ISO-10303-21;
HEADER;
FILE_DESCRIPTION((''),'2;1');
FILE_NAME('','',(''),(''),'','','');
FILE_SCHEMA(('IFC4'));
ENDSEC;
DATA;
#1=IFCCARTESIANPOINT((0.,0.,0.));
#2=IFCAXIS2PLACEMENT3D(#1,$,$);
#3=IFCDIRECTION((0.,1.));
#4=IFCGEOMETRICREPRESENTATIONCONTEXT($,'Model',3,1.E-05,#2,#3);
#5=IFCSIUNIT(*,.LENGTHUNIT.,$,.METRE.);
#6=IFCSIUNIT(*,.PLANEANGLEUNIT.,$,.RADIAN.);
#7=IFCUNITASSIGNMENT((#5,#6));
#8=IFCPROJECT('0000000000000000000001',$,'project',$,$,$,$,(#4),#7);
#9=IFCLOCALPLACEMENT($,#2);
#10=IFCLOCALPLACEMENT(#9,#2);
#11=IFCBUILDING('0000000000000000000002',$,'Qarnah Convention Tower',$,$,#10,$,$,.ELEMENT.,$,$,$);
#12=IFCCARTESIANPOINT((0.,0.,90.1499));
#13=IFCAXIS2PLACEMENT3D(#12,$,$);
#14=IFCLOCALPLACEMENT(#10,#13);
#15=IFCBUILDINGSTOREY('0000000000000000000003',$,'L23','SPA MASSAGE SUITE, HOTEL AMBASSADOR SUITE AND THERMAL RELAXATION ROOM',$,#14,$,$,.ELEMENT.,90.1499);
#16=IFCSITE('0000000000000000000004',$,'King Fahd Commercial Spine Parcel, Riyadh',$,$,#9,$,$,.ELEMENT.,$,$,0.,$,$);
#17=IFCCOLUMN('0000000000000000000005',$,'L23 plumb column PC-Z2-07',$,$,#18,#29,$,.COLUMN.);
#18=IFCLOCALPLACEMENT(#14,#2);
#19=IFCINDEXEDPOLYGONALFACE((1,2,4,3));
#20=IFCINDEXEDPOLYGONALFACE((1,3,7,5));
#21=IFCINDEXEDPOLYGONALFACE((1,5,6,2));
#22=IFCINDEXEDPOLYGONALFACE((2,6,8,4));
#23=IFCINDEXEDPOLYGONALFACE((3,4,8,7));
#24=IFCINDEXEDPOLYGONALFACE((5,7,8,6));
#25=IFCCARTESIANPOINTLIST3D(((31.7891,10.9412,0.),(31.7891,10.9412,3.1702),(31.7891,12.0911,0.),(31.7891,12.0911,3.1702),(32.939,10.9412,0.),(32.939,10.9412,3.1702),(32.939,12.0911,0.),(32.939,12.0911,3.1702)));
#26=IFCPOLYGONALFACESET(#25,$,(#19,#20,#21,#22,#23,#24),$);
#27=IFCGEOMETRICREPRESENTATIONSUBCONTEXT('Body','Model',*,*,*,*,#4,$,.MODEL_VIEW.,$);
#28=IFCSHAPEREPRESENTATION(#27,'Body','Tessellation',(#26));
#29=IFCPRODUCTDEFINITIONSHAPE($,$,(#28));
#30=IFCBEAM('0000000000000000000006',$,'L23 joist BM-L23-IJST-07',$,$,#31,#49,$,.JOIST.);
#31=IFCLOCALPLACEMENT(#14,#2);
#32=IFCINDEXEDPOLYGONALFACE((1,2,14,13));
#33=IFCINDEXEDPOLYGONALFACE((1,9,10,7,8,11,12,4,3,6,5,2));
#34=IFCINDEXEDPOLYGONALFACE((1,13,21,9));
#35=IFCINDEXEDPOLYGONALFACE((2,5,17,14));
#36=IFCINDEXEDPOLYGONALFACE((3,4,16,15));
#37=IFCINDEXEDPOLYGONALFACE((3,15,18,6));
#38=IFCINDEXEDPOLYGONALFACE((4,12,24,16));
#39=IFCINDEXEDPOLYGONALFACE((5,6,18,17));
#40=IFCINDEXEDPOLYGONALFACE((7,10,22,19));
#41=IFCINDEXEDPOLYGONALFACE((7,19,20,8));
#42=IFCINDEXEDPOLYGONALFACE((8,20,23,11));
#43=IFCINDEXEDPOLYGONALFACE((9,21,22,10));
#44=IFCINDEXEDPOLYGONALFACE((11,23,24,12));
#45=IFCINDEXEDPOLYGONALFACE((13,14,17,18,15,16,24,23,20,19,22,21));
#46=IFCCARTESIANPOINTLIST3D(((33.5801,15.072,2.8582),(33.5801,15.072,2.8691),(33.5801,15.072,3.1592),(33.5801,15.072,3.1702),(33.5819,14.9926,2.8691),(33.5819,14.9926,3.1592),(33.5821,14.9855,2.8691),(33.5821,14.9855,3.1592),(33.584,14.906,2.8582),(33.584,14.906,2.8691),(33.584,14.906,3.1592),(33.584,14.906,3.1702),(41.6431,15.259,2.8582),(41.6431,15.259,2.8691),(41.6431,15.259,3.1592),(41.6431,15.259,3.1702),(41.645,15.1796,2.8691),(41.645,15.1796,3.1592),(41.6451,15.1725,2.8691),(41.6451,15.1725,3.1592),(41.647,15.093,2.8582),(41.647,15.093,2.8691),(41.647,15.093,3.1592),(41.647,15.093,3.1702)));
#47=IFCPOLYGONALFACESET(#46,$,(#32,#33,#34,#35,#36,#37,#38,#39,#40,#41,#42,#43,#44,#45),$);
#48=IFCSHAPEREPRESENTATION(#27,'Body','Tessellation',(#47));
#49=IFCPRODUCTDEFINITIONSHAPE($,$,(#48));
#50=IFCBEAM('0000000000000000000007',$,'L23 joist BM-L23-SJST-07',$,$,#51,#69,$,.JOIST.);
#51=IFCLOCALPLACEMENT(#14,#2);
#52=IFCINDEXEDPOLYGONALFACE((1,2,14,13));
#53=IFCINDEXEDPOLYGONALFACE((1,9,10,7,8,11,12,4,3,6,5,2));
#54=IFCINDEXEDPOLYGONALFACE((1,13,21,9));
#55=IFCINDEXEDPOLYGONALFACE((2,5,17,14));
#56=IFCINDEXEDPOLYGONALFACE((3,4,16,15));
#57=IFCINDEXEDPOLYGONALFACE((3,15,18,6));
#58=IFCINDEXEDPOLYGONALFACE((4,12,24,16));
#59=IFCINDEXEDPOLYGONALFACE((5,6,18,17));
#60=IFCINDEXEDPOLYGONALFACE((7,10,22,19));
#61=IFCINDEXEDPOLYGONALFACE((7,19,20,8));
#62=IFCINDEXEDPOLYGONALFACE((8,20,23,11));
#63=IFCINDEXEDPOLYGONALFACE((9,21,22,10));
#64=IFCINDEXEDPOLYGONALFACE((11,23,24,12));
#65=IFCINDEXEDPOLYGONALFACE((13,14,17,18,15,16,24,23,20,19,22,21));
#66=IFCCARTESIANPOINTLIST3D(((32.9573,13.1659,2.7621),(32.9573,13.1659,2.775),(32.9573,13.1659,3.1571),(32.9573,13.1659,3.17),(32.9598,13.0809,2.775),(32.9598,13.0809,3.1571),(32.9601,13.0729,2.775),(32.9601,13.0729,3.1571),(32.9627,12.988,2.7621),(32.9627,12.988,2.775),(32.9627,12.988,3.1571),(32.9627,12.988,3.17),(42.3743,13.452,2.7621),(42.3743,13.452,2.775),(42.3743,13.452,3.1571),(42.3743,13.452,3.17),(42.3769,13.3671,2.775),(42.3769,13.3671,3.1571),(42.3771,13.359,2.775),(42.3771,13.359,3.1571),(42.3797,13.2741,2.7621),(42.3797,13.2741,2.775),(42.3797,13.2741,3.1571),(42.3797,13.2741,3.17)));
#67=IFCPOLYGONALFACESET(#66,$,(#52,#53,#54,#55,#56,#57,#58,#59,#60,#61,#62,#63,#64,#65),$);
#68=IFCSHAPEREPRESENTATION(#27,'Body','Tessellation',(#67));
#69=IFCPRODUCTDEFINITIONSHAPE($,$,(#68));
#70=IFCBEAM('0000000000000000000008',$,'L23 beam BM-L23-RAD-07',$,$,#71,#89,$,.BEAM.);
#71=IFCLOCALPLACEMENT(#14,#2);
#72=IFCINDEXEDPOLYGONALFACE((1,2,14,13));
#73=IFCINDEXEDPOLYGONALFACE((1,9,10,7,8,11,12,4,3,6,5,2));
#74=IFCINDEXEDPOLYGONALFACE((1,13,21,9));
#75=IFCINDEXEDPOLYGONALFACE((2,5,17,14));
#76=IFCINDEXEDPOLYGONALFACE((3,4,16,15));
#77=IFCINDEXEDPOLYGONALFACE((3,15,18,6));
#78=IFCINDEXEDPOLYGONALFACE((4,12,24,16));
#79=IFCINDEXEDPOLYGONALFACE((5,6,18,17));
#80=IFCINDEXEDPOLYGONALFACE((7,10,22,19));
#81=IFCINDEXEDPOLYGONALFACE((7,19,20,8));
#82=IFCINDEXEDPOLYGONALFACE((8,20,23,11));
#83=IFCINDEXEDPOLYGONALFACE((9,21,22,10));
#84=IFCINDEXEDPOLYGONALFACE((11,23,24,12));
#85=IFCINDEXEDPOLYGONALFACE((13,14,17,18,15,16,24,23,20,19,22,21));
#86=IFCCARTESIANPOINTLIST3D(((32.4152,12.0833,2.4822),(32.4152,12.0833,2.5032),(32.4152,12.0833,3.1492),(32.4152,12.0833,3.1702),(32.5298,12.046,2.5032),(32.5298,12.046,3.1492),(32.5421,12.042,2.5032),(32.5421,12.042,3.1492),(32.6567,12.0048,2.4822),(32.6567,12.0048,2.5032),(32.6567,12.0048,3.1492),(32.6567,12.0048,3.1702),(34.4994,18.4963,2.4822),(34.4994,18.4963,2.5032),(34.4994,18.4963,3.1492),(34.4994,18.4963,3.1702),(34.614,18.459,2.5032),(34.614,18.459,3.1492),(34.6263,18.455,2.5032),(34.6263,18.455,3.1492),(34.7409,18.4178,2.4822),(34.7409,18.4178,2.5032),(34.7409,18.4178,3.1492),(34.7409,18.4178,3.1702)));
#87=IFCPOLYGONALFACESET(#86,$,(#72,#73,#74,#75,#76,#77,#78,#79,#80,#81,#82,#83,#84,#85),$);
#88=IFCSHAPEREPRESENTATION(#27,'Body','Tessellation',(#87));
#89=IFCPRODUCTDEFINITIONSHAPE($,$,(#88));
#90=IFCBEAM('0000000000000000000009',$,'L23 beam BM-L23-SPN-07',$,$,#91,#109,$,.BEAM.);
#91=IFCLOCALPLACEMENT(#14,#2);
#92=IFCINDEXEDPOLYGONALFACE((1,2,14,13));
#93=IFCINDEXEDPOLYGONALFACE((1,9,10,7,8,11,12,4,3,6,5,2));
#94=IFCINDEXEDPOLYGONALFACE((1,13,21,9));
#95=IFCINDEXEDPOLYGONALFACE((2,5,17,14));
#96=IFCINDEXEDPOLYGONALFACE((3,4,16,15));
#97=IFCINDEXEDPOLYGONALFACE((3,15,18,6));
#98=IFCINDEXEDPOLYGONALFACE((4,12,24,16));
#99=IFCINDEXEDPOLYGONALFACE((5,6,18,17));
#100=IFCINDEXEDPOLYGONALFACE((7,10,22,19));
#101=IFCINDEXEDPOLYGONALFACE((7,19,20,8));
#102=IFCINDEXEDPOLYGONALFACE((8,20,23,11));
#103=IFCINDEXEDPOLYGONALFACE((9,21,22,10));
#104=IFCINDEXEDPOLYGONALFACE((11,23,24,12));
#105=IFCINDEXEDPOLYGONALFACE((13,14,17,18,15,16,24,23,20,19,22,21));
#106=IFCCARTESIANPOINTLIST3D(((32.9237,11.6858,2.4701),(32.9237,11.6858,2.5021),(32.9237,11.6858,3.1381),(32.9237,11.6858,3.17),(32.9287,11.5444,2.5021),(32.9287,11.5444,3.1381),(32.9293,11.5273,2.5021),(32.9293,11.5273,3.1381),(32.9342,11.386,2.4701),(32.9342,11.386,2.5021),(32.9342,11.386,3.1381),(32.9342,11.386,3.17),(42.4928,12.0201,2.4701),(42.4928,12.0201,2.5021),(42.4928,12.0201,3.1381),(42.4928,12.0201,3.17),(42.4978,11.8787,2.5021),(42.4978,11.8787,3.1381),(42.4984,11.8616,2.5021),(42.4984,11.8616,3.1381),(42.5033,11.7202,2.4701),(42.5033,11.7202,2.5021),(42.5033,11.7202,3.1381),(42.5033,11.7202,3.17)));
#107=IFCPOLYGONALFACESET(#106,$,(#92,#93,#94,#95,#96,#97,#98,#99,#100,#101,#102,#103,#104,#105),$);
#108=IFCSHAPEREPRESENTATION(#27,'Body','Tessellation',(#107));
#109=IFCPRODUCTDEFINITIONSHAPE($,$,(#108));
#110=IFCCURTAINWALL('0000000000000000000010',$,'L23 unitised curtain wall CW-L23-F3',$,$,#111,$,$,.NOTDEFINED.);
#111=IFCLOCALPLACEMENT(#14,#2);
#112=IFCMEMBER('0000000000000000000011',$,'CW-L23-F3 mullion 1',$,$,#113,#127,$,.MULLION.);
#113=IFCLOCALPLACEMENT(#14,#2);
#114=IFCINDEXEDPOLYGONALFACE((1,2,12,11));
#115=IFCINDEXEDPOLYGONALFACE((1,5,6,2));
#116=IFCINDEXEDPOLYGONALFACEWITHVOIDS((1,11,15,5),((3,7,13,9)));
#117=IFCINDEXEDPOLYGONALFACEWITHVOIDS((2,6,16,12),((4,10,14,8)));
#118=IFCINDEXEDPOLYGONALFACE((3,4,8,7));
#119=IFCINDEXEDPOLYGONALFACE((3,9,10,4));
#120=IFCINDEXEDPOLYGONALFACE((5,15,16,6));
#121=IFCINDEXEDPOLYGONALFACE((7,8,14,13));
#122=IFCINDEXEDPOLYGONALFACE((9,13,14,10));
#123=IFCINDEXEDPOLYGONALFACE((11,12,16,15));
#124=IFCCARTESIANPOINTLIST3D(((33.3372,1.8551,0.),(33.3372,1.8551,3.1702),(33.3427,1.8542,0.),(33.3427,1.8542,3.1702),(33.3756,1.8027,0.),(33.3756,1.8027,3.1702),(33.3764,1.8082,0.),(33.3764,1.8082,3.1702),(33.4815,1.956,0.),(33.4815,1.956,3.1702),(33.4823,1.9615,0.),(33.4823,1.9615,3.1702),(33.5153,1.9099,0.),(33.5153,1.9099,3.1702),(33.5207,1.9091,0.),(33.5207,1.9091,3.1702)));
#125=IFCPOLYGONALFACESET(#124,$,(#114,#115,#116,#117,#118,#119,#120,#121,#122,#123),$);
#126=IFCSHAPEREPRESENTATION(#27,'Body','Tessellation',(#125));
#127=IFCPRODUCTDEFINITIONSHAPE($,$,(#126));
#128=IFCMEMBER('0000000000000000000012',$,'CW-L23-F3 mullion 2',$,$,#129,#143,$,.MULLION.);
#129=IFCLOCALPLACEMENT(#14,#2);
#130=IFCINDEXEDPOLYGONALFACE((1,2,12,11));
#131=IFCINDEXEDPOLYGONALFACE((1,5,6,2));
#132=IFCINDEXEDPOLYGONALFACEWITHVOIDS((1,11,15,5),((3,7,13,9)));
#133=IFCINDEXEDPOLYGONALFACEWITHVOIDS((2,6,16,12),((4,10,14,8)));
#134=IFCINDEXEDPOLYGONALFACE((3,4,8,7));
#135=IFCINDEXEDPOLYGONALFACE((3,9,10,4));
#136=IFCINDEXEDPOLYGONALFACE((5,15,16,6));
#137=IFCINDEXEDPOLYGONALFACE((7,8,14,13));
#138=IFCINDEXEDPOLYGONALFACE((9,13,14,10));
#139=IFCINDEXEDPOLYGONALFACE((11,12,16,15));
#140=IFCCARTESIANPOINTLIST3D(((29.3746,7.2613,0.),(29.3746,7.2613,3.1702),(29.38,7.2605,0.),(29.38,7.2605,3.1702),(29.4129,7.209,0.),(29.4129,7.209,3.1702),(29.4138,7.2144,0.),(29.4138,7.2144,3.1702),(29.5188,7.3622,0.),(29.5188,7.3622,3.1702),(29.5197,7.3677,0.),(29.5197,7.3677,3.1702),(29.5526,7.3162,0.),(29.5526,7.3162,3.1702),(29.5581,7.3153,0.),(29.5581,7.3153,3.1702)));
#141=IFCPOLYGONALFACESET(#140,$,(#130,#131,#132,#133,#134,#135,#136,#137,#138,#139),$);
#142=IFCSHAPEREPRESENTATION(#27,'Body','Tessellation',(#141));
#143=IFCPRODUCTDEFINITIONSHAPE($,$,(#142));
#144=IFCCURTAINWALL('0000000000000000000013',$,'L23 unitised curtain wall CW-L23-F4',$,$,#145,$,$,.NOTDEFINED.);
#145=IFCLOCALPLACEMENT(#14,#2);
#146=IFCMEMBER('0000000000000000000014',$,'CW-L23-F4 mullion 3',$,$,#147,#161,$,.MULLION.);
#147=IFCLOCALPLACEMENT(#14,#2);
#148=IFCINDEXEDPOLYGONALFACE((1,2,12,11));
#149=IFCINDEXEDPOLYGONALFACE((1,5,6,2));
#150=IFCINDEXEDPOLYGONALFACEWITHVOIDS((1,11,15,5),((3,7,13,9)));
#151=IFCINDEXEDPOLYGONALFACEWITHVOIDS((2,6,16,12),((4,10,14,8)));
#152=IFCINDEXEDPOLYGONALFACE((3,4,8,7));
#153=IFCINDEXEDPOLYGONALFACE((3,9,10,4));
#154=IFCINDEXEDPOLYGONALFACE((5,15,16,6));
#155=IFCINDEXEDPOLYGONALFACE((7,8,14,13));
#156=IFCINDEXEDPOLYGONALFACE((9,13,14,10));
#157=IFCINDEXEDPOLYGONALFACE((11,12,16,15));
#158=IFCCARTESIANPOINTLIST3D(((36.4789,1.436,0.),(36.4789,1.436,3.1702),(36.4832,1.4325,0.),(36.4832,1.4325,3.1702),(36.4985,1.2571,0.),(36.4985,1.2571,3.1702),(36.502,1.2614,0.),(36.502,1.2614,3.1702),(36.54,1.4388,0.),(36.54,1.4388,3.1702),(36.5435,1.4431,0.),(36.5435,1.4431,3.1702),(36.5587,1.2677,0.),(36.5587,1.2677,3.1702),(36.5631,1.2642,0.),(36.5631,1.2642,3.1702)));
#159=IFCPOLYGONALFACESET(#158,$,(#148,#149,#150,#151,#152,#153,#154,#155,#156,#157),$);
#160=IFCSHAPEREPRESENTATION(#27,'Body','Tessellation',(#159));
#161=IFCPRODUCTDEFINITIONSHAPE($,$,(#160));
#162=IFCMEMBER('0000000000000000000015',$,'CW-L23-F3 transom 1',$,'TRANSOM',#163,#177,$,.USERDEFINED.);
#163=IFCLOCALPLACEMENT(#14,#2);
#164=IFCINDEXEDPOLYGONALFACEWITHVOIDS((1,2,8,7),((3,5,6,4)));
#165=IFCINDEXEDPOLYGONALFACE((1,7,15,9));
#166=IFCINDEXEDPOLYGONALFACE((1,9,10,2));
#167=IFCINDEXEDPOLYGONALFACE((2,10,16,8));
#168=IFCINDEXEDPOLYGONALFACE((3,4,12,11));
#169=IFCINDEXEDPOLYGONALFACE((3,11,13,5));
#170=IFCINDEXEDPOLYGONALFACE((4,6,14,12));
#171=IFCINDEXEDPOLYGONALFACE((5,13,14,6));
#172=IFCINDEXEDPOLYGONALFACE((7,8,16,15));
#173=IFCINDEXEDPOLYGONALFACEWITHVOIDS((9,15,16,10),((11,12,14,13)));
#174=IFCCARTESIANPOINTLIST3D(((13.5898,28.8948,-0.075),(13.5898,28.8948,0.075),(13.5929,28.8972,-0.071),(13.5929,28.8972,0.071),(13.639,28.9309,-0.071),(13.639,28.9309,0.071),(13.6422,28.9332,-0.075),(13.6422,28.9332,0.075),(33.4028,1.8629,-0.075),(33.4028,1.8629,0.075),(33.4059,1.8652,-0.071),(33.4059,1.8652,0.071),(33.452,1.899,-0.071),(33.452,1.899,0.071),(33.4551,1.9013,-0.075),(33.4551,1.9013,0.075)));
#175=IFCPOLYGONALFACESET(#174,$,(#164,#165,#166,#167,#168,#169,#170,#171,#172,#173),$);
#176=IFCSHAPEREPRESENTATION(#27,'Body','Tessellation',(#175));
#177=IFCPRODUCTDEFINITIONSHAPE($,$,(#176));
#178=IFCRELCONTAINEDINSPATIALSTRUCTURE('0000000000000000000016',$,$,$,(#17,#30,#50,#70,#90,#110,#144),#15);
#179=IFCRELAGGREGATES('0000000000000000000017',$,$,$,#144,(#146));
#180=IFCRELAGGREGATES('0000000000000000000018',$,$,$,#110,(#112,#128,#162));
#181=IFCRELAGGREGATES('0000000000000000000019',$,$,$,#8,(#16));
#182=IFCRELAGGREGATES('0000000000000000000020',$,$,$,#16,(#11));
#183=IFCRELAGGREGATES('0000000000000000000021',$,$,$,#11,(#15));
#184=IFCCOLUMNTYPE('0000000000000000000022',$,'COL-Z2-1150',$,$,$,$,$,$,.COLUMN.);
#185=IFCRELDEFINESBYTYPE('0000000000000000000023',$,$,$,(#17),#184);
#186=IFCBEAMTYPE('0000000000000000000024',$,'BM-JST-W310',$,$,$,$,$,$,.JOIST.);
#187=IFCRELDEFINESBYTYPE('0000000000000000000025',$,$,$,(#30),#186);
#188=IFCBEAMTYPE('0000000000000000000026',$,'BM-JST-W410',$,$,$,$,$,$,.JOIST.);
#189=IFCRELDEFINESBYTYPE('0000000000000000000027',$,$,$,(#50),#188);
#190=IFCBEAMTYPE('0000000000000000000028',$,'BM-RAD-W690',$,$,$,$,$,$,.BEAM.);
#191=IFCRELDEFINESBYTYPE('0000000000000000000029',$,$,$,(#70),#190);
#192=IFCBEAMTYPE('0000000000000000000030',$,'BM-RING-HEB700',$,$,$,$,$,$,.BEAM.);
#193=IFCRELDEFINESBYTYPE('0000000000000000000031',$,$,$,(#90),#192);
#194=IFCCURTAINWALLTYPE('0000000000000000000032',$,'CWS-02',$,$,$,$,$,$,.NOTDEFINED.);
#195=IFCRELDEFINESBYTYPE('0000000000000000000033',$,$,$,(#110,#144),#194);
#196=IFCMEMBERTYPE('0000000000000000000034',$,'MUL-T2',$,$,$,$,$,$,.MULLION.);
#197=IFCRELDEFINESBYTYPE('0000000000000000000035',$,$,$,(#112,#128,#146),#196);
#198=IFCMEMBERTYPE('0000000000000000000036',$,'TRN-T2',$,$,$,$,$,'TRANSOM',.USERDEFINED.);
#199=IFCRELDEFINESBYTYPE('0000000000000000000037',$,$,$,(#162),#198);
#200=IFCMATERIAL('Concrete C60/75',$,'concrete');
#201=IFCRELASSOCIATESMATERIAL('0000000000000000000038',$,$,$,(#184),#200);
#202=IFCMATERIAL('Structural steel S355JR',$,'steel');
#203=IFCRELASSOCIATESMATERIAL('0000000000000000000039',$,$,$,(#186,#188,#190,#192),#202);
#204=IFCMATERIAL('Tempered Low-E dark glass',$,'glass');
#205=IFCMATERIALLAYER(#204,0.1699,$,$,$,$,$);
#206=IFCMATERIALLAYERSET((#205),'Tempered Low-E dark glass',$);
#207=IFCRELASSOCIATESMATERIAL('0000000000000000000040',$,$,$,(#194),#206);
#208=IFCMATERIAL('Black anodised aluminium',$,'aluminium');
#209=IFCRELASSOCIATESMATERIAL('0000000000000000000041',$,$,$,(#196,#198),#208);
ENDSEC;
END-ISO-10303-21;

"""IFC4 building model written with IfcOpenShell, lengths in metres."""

from ifc_helpers import new_model, si_unit, direction, frame, origin, origin_2d, place, context, subcontext, project, spatial, rectangle, hollow_rectangle, i_section, extrude, material, layer, layer_set, material_profile, profile_set, type_object, element, aggregate, save


model = new_model("IFC4")

# Units and contexts
model_context = context("Model", 3, precision=1e-05, world=origin(), true_north=direction((0.0, 1.0)))
body_context = subcontext(model_context, "Body", "Model", "MODEL_VIEW")
ifc_project = project(units=[si_unit("LENGTHUNIT", "METRE"), si_unit("PLANEANGLEUNIT", "RADIAN")], contexts=[model_context])

# Site, building, storey
site_placement = place(None, origin())
site = spatial("IfcSite", under=ifc_project, at=site_placement, Name="King Fahd Commercial Spine Parcel, Riyadh", CompositionType="ELEMENT", RefElevation=0.0)
building_placement = place(site_placement, origin())
building = spatial("IfcBuilding", under=site, at=building_placement, Name="Qarnah Convention Tower", CompositionType="ELEMENT")
storey_placement = place(building_placement, frame((0.0, 0.0, 90.1499)))
storey = spatial("IfcBuildingStorey", under=building, at=storey_placement, Name="L23", Description="SPA MASSAGE SUITE, HOTEL AMBASSADOR SUITE AND THERMAL RELAXATION ROOM", CompositionType="ELEMENT", Elevation=90.1499)

# Column
ifc_material_1 = material(Name="Concrete C60/75", Category="concrete")
ifc_material_profile_1 = material_profile(ifc_material_1, rectangle(XDim=1.1499, YDim=1.1499, at=origin_2d()), Name="RC-COL-1150X1150")
ifc_profile_set_1 = profile_set([ifc_material_profile_1], Name="Concrete C60/75")
column_type = type_object("IfcColumnType", Name="COL-Z2-1150", PredefinedType="COLUMN", material=ifc_profile_set_1)
column_placement = place(storey_placement, frame((32.364, 11.5161, 0.0), z_axis=(0.0, 0.0, 1.0), x_axis=(1.0, 0.0, 0.0)))
element("IfcColumn", 1, at=column_placement, inside=storey, type_object=column_type, Name="L23 plumb column PC-Z2-07", PredefinedType="COLUMN", context=body_context, shape_type="SweptSolid", body=[
    extrude(rectangle(XDim=1.1499, YDim=1.1499, at=origin_2d()), origin(), (0.0, 0.0, 1.0), 3.1702),
])

# Beams
ifc_material_2 = material(Name="Structural steel S355JR", Category="steel")
ifc_material_profile_2 = material_profile(ifc_material_2, i_section(OverallWidth=0.166, OverallDepth=0.312, WebThickness=0.0071, FlangeThickness=0.011, at=origin_2d()), Name="W310X45")
ifc_profile_set_2 = profile_set([ifc_material_profile_2], Name="Structural steel S355JR")
beam_type_1 = type_object("IfcBeamType", Name="BM-JST-W310", PredefinedType="JOIST", material=ifc_profile_set_2)
beam_1_placement = place(storey_placement, frame((33.582, 14.989, 3.0142), z_axis=(0.999731, 0.023188, 0.0), x_axis=(-0.023188, 0.999731, 0.0)))
element("IfcBeam", 2, at=beam_1_placement, inside=storey, type_object=beam_type_1, Name="L23 joist BM-L23-IJST-07", PredefinedType="JOIST", context=body_context, shape_type="SweptSolid", body=[
    extrude(i_section(OverallWidth=0.166, OverallDepth=0.312, WebThickness=0.0071, FlangeThickness=0.011, at=origin_2d()), origin(), (0.0, 0.0, 1.0), 8.0652),
])
ifc_material_profile_3 = material_profile(ifc_material_2, i_section(OverallWidth=0.178, OverallDepth=0.408, WebThickness=0.0081, FlangeThickness=0.0129, at=origin_2d()), Name="W410X60")
ifc_profile_set_3 = profile_set([ifc_material_profile_3], Name="Structural steel S355JR")
beam_type_2 = type_object("IfcBeamType", Name="BM-JST-W410", PredefinedType="JOIST", material=ifc_profile_set_3)
beam_2_placement = place(storey_placement, frame((32.96, 13.0769, 2.9661), z_axis=(0.999539, 0.030371, 0.0), x_axis=(-0.030371, 0.999539, 0.0)))
element("IfcBeam", 3, at=beam_2_placement, inside=storey, type_object=beam_type_2, Name="L23 joist BM-L23-SJST-07", PredefinedType="JOIST", context=body_context, shape_type="SweptSolid", body=[
    extrude(i_section(OverallWidth=0.178, OverallDepth=0.408, WebThickness=0.0081, FlangeThickness=0.0129, at=origin_2d()), origin(), (0.0, 0.0, 1.0), 9.4214),
])
ifc_material_profile_4 = material_profile(ifc_material_2, i_section(OverallWidth=0.2539, OverallDepth=0.688, WebThickness=0.0129, FlangeThickness=0.021, at=origin_2d()), Name="W690X152")
ifc_profile_set_4 = profile_set([ifc_material_profile_4], Name="Structural steel S355JR")
beam_type_3 = type_object("IfcBeamType", Name="BM-RAD-W690", PredefinedType="BEAM", material=ifc_profile_set_4)
beam_3_placement = place(storey_placement, frame((34.6201, 18.457, 2.8262), z_axis=(-0.309083, -0.951035, 0.0), x_axis=(0.951035, -0.309083, 0.0)))
element("IfcBeam", 4, at=beam_3_placement, inside=storey, type_object=beam_type_3, Name="L23 beam BM-L23-RAD-07", PredefinedType="BEAM", context=body_context, shape_type="SweptSolid", body=[
    extrude(i_section(OverallWidth=0.2539, OverallDepth=0.688, WebThickness=0.0129, FlangeThickness=0.021, at=origin_2d()), origin(), (0.0, 0.0, 1.0), 6.7432),
])
ifc_material_profile_5 = material_profile(ifc_material_2, i_section(OverallWidth=0.3, OverallDepth=0.7, WebThickness=0.0171, FlangeThickness=0.032, at=origin_2d()), Name="HEB700")
ifc_profile_set_5 = profile_set([ifc_material_profile_5], Name="Structural steel S355JR")
beam_type_4 = type_object("IfcBeamType", Name="BM-RING-HEB700", PredefinedType="BEAM", material=ifc_profile_set_5)
beam_4_placement = place(storey_placement, frame((32.929, 11.5359, 2.8201), z_axis=(0.999391, 0.034907, 0.0), x_axis=(-0.034907, 0.999391, 0.0)))
element("IfcBeam", 5, at=beam_4_placement, inside=storey, type_object=beam_type_4, Name="L23 beam BM-L23-SPN-07", PredefinedType="BEAM", context=body_context, shape_type="SweptSolid", body=[
    extrude(i_section(OverallWidth=0.3, OverallDepth=0.7, WebThickness=0.0171, FlangeThickness=0.032, at=origin_2d()), origin(), (0.0, 0.0, 1.0), 9.575),
])

# Curtain wall, members
ifc_material_3 = material(Name="Tempered Low-E dark glass", Category="glass")
ifc_layer_1 = layer(ifc_material_3, 0.1699)
ifc_layer_set_1 = layer_set([ifc_layer_1], Name="Tempered Low-E dark glass")
curtain_wall_type = type_object("IfcCurtainWallType", Name="CWS-02", PredefinedType="NOTDEFINED", material=ifc_layer_set_1)
curtain_wall_1_placement = place(storey_placement, origin())
curtain_wall_1 = element("IfcCurtainWall", 6, at=curtain_wall_1_placement, inside=storey, type_object=curtain_wall_type, Name="L23 unitised curtain wall CW-L23-F3", PredefinedType="NOTDEFINED")
ifc_material_4 = material(Name="Black anodised aluminium", Category="aluminium")
ifc_material_profile_6 = material_profile(ifc_material_4, hollow_rectangle(XDim=0.0649, YDim=0.1799, WallThickness=0.0039, at=origin_2d()), Name="MUL-65X180")
ifc_profile_set_6 = profile_set([ifc_material_profile_6], Name="Black anodised aluminium")
member_type_1 = type_object("IfcMemberType", Name="MUL-T2", PredefinedType="MULLION", material=ifc_profile_set_6)
member_1_placement = place(storey_placement, frame((33.429, 1.8821, 0.0), z_axis=(0.0, 0.0, 1.0), x_axis=(-0.591161, 0.806554, 0.0)))
member_1 = element("IfcMember", 7, at=member_1_placement, type_object=member_type_1, Name="CW-L23-F3 mullion 1", PredefinedType="MULLION", context=body_context, shape_type="SweptSolid", body=[
    extrude(hollow_rectangle(XDim=0.0649, YDim=0.1799, WallThickness=0.0039, at=origin_2d()), origin(), (0.0, 0.0, 1.0), 3.1702),
])
member_2_placement = place(storey_placement, frame((29.4663, 7.2883, 0.0), z_axis=(0.0, 0.0, 1.0), x_axis=(-0.591161, 0.806554, 0.0)))
member_2 = element("IfcMember", 8, at=member_2_placement, type_object=member_type_1, Name="CW-L23-F3 mullion 2", PredefinedType="MULLION", context=body_context, shape_type="SweptSolid", body=[
    extrude(hollow_rectangle(XDim=0.0649, YDim=0.1799, WallThickness=0.0039, at=origin_2d()), origin(), (0.0, 0.0, 1.0), 3.1702),
])

# Curtain wall, member
curtain_wall_2_placement = place(storey_placement, origin())
curtain_wall_2 = element("IfcCurtainWall", 9, at=curtain_wall_2_placement, inside=storey, type_object=curtain_wall_type, Name="L23 unitised curtain wall CW-L23-F4", PredefinedType="NOTDEFINED")
member_3_placement = place(storey_placement, frame((36.521, 1.3501, 0.0), z_axis=(0.0, 0.0, 1.0), x_axis=(-0.994072, -0.108719, 0.0)))
member_3 = element("IfcMember", 10, at=member_3_placement, type_object=member_type_1, Name="CW-L23-F4 mullion 3", PredefinedType="MULLION", context=body_context, shape_type="SweptSolid", body=[
    extrude(hollow_rectangle(XDim=0.0649, YDim=0.1799, WallThickness=0.0039, at=origin_2d()), origin(), (0.0, 0.0, 1.0), 3.1702),
])
aggregate(curtain_wall_2, [member_3])

# Member
ifc_material_profile_7 = material_profile(ifc_material_4, hollow_rectangle(XDim=0.0649, YDim=0.1499, WallThickness=0.0039, at=origin_2d()), Name="TRN-65X150")
ifc_profile_set_7 = profile_set([ifc_material_profile_7], Name="Black anodised aluminium")
member_type_2 = type_object("IfcMemberType", Name="TRN-T2", ElementType="TRANSOM", PredefinedType="USERDEFINED", material=ifc_profile_set_7)
member_4_placement = place(storey_placement, frame((33.429, 1.8821, 0.0), z_axis=(-0.591161, 0.806554, 0.0), x_axis=(-0.806554, -0.591161, 0.0)))
member_4 = element("IfcMember", 11, at=member_4_placement, type_object=member_type_2, Name="CW-L23-F3 transom 1", ObjectType="TRANSOM", PredefinedType="USERDEFINED", context=body_context, shape_type="SweptSolid", body=[
    extrude(hollow_rectangle(XDim=0.0649, YDim=0.1499, WallThickness=0.0039, at=origin_2d()), origin(), (0.0, 0.0, 1.0), 33.5154),
])

aggregate(curtain_wall_1, [member_1, member_2, member_4])

save(model, "model.ifc")
